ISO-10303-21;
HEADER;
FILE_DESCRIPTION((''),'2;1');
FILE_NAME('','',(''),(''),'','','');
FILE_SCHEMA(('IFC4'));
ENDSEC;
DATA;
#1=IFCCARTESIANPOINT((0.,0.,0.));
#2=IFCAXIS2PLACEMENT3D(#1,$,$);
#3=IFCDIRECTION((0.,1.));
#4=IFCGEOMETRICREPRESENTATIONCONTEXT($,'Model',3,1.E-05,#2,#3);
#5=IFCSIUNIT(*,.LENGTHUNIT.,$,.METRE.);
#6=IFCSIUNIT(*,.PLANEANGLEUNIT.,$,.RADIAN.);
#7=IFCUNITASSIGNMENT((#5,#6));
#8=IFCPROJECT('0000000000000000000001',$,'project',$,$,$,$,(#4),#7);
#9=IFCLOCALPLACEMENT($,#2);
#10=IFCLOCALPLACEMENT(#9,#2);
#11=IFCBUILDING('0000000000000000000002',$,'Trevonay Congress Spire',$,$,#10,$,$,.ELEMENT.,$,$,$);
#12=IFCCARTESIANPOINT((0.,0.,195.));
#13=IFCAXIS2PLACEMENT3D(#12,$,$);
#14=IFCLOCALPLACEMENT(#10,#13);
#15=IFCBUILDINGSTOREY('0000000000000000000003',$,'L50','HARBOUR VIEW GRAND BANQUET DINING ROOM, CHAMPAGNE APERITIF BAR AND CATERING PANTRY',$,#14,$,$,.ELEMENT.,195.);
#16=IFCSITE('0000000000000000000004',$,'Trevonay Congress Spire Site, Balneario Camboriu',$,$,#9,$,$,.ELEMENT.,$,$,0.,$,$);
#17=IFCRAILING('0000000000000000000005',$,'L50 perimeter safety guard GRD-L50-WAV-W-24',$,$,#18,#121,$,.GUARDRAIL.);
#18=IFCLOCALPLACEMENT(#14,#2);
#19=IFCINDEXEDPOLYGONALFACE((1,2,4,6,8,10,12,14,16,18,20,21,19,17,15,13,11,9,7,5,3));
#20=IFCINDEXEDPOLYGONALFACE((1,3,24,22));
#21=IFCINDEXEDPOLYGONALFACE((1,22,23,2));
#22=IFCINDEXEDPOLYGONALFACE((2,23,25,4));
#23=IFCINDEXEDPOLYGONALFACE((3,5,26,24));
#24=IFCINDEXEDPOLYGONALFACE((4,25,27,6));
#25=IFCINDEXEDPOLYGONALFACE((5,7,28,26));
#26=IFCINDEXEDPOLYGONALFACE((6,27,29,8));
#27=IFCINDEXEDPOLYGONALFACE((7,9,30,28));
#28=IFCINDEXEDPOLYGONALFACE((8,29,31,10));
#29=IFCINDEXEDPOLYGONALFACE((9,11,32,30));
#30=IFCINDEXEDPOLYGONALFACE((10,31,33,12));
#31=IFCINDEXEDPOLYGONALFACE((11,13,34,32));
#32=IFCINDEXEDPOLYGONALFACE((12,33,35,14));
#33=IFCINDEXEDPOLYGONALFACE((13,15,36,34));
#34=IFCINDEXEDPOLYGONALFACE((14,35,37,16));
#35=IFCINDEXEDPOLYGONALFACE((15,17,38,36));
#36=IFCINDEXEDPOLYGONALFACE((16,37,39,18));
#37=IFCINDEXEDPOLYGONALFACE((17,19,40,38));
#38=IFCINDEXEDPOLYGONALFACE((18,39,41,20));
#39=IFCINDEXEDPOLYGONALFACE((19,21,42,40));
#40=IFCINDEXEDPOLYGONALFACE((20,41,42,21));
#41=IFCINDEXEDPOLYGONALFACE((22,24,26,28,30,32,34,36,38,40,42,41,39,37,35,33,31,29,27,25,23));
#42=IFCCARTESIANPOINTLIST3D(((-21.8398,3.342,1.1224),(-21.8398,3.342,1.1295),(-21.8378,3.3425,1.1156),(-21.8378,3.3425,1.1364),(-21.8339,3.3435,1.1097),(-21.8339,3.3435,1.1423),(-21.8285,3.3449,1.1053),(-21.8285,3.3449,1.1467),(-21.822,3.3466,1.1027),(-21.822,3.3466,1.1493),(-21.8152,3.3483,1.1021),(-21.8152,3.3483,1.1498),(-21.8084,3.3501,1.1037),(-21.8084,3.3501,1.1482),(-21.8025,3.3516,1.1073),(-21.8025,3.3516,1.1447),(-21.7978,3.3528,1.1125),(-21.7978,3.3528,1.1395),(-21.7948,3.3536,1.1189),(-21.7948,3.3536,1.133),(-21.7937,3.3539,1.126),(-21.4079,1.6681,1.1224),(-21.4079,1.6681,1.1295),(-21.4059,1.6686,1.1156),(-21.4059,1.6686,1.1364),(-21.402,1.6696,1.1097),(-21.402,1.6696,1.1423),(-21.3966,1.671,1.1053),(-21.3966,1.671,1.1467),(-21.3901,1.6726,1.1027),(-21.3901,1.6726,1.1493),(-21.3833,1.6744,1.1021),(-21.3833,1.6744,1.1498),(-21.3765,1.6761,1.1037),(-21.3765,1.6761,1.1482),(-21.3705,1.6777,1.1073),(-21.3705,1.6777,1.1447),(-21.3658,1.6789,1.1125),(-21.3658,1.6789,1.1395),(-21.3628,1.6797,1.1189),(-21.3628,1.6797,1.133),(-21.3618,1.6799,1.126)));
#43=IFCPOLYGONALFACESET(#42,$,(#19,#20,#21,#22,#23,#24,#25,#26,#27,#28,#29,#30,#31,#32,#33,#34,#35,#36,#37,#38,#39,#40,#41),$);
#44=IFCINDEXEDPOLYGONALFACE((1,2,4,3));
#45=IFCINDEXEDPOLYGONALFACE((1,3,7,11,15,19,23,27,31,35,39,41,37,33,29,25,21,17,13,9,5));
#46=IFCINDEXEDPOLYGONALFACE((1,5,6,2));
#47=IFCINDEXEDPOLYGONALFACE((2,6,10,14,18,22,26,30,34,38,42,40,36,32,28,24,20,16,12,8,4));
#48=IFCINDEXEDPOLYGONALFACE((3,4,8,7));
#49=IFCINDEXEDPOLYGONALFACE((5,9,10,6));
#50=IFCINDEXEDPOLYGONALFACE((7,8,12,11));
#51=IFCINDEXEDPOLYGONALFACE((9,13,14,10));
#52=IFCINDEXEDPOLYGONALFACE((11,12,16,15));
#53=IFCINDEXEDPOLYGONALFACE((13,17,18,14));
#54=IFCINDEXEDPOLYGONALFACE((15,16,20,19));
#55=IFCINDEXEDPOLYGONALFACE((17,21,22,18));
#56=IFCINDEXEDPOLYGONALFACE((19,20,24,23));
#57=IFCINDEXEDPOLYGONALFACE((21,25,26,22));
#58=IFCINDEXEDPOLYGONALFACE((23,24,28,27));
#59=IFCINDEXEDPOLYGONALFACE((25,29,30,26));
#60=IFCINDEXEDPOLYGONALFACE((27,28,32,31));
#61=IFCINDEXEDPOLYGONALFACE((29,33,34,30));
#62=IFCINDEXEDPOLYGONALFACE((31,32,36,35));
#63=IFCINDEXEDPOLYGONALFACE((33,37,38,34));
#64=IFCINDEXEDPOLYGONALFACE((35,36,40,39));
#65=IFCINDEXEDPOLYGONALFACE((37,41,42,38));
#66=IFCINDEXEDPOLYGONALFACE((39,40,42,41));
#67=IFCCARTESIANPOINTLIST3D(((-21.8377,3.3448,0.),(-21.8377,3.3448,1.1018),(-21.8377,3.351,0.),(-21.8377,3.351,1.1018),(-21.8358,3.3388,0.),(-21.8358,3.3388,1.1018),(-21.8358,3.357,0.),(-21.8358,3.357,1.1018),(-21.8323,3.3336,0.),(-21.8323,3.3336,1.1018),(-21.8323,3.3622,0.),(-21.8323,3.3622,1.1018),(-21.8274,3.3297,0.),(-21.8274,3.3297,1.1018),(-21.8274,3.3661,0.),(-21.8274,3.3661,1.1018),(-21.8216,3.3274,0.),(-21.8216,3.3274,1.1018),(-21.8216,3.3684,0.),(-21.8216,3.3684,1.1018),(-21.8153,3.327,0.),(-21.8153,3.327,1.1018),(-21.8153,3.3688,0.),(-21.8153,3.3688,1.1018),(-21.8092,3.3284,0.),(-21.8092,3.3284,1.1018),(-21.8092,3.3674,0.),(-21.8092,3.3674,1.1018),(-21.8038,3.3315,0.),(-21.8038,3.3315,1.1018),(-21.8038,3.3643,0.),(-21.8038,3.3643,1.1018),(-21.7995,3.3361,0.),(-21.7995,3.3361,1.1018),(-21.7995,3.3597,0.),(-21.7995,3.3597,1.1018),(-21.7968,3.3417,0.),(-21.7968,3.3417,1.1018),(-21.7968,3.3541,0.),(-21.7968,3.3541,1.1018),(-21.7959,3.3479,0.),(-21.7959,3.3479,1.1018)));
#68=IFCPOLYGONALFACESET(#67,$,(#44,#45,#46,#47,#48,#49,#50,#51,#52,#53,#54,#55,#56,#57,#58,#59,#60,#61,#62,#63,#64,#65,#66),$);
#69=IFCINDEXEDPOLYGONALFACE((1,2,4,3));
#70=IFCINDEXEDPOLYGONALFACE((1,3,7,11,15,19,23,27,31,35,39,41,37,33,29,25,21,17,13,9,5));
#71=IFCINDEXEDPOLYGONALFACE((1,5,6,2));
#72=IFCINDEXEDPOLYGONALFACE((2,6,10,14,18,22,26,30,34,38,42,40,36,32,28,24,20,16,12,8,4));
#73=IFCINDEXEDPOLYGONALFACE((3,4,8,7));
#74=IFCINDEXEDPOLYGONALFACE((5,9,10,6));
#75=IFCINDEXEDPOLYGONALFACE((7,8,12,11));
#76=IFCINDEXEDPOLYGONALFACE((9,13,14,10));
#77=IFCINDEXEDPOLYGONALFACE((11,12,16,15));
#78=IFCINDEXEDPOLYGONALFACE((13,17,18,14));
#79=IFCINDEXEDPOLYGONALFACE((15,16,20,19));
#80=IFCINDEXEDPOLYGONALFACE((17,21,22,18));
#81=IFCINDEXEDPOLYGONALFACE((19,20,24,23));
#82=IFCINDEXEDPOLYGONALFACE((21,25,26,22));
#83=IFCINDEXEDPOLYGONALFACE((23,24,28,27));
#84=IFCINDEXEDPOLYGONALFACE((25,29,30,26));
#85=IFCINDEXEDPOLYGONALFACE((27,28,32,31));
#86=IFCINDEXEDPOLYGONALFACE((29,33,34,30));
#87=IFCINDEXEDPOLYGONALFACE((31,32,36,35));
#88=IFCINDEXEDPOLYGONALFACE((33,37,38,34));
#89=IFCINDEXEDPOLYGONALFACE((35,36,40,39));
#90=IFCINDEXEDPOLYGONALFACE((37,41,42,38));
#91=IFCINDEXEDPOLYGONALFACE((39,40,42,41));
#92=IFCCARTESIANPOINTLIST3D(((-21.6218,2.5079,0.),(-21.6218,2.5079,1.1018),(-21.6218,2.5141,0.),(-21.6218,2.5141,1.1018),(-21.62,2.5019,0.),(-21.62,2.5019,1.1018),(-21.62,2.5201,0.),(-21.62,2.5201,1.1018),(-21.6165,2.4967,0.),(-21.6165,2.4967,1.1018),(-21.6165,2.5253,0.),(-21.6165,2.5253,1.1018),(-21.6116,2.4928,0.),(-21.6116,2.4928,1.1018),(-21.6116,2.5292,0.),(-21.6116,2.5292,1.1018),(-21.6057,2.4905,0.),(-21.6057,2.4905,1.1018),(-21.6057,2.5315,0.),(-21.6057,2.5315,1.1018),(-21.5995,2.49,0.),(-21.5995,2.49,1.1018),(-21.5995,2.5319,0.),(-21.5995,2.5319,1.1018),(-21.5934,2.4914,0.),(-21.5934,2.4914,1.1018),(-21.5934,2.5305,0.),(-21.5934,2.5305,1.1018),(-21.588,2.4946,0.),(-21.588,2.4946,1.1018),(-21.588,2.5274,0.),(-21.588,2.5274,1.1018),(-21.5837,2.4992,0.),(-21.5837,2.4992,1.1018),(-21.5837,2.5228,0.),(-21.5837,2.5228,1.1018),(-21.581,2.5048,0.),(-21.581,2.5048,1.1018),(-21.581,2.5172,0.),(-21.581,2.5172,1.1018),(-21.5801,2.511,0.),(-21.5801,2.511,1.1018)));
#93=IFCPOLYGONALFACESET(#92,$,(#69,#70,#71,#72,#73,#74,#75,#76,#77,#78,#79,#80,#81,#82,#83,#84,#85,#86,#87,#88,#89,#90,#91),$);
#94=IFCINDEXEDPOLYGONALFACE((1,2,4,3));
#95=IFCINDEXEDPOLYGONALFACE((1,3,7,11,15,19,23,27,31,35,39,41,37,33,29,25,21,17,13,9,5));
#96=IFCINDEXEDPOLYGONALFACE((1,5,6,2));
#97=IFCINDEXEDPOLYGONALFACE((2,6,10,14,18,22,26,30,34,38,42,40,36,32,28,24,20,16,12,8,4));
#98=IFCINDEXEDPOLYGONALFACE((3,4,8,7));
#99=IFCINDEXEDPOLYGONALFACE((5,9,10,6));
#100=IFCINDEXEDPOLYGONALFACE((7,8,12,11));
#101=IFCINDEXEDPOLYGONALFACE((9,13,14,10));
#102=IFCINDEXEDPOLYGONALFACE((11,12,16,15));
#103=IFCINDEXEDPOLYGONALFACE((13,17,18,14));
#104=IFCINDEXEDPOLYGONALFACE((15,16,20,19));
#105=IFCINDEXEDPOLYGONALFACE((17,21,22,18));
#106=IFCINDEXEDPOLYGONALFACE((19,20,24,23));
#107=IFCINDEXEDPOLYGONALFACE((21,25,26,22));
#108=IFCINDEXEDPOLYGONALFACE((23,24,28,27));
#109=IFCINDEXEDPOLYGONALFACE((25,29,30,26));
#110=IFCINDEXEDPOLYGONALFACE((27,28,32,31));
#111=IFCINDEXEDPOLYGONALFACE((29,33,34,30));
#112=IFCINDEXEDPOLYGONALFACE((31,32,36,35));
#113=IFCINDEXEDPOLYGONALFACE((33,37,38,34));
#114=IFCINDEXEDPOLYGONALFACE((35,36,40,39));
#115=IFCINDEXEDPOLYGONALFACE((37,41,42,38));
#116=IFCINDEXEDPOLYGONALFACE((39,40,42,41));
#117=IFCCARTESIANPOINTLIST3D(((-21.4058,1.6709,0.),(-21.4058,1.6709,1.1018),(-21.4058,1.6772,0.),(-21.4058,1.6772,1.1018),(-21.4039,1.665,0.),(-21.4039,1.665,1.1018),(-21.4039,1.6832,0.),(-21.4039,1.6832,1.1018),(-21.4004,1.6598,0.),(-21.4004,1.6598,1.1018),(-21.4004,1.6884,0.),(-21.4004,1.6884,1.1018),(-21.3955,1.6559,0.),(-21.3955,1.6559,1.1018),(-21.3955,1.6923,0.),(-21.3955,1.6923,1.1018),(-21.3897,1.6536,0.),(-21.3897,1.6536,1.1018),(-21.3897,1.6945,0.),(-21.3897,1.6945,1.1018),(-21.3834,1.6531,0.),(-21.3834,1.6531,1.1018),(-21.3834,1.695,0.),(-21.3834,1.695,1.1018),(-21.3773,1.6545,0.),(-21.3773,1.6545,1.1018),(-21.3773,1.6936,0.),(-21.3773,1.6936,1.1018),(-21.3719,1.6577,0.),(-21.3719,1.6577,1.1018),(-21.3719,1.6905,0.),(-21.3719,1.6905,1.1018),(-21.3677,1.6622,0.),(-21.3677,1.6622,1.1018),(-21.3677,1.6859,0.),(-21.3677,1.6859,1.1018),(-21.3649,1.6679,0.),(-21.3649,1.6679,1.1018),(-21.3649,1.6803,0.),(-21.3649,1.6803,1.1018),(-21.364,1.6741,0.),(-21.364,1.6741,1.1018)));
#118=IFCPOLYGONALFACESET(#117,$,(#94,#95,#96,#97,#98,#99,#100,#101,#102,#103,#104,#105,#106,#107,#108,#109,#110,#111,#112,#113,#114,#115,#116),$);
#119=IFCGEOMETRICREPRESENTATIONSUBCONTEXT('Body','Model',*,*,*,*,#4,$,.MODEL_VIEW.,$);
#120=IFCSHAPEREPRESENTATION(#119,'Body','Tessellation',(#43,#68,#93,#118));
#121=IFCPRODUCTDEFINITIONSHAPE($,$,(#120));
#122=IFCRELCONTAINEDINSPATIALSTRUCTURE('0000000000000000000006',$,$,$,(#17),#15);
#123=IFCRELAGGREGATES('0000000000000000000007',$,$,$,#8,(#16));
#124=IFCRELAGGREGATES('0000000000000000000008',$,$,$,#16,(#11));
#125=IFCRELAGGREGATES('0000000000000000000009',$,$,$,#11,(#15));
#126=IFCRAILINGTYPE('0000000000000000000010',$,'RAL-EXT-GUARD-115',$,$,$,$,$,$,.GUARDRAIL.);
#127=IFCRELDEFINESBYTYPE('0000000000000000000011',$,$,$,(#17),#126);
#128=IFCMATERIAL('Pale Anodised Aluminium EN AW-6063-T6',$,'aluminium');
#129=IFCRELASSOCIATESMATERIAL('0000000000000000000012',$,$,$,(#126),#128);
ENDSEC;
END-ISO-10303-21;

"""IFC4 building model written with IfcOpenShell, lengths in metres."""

from ifc_helpers import new_model, si_unit, direction, frame, origin, origin_2d, place, context, subcontext, project, spatial, circle, extrude, material, type_object, element, save


model = new_model("IFC4")

# Units and contexts
model_context = context("Model", 3, precision=1e-05, world=origin(), true_north=direction((0.0, 1.0)))
body_context = subcontext(model_context, "Body", "Model", "MODEL_VIEW")
ifc_project = project(units=[si_unit("LENGTHUNIT", "METRE"), si_unit("PLANEANGLEUNIT", "RADIAN")], contexts=[model_context])

# Site, building, storey
site_placement = place(None, origin())
site = spatial("IfcSite", under=ifc_project, at=site_placement, Name="Trevonay Congress Spire Site, Balneario Camboriu", CompositionType="ELEMENT", RefElevation=0.0)
building_placement = place(site_placement, origin())
building = spatial("IfcBuilding", under=site, at=building_placement, Name="Trevonay Congress Spire", CompositionType="ELEMENT")
storey_placement = place(building_placement, frame((0.0, 0.0, 195.0)))
storey = spatial("IfcBuildingStorey", under=building, at=storey_placement, Name="L50", Description="HARBOUR VIEW GRAND BANQUET DINING ROOM, CHAMPAGNE APERITIF BAR AND CATERING PANTRY", CompositionType="ELEMENT", Elevation=195.0)

# Shared definitions
ifc_material_1 = material(Name="Pale Anodised Aluminium EN AW-6063-T6", Category="aluminium")

# Railing
railing_type = type_object("IfcRailingType", Name="RAL-EXT-GUARD-115", PredefinedType="GUARDRAIL", material=ifc_material_1)
railing_1_placement = place(storey_placement, frame((-21.8169, 3.3479, 0.0)))
element("IfcRailing", 1, at=railing_1_placement, inside=storey, type_object=railing_type, Name="L50 perimeter safety guard GRD-L50-WAV-W-24", PredefinedType="GUARDRAIL", context=body_context, shape_type="SweptSolid", body=[
    extrude(circle(Radius=0.0239, at=origin_2d()), frame((0.0, 0.0, 1.126), z_axis=(0.24984, -0.968287, 0.0), x_axis=(0.968287, 0.24984, 0.0)), (0.0, 0.0, 1.0), 1.7288),
    extrude(circle(Radius=0.021, at=origin_2d()), origin(), (0.0, 0.0, 1.0), 1.1018),
    extrude(circle(Radius=0.021, at=origin_2d()), frame((0.2158, -0.8369, 0.0)), (0.0, 0.0, 1.0), 1.1018),
    extrude(circle(Radius=0.021, at=origin_2d()), frame((0.4319, -1.6738, 0.0)), (0.0, 0.0, 1.0), 1.1018),
])

save(model, "model.ifc")
